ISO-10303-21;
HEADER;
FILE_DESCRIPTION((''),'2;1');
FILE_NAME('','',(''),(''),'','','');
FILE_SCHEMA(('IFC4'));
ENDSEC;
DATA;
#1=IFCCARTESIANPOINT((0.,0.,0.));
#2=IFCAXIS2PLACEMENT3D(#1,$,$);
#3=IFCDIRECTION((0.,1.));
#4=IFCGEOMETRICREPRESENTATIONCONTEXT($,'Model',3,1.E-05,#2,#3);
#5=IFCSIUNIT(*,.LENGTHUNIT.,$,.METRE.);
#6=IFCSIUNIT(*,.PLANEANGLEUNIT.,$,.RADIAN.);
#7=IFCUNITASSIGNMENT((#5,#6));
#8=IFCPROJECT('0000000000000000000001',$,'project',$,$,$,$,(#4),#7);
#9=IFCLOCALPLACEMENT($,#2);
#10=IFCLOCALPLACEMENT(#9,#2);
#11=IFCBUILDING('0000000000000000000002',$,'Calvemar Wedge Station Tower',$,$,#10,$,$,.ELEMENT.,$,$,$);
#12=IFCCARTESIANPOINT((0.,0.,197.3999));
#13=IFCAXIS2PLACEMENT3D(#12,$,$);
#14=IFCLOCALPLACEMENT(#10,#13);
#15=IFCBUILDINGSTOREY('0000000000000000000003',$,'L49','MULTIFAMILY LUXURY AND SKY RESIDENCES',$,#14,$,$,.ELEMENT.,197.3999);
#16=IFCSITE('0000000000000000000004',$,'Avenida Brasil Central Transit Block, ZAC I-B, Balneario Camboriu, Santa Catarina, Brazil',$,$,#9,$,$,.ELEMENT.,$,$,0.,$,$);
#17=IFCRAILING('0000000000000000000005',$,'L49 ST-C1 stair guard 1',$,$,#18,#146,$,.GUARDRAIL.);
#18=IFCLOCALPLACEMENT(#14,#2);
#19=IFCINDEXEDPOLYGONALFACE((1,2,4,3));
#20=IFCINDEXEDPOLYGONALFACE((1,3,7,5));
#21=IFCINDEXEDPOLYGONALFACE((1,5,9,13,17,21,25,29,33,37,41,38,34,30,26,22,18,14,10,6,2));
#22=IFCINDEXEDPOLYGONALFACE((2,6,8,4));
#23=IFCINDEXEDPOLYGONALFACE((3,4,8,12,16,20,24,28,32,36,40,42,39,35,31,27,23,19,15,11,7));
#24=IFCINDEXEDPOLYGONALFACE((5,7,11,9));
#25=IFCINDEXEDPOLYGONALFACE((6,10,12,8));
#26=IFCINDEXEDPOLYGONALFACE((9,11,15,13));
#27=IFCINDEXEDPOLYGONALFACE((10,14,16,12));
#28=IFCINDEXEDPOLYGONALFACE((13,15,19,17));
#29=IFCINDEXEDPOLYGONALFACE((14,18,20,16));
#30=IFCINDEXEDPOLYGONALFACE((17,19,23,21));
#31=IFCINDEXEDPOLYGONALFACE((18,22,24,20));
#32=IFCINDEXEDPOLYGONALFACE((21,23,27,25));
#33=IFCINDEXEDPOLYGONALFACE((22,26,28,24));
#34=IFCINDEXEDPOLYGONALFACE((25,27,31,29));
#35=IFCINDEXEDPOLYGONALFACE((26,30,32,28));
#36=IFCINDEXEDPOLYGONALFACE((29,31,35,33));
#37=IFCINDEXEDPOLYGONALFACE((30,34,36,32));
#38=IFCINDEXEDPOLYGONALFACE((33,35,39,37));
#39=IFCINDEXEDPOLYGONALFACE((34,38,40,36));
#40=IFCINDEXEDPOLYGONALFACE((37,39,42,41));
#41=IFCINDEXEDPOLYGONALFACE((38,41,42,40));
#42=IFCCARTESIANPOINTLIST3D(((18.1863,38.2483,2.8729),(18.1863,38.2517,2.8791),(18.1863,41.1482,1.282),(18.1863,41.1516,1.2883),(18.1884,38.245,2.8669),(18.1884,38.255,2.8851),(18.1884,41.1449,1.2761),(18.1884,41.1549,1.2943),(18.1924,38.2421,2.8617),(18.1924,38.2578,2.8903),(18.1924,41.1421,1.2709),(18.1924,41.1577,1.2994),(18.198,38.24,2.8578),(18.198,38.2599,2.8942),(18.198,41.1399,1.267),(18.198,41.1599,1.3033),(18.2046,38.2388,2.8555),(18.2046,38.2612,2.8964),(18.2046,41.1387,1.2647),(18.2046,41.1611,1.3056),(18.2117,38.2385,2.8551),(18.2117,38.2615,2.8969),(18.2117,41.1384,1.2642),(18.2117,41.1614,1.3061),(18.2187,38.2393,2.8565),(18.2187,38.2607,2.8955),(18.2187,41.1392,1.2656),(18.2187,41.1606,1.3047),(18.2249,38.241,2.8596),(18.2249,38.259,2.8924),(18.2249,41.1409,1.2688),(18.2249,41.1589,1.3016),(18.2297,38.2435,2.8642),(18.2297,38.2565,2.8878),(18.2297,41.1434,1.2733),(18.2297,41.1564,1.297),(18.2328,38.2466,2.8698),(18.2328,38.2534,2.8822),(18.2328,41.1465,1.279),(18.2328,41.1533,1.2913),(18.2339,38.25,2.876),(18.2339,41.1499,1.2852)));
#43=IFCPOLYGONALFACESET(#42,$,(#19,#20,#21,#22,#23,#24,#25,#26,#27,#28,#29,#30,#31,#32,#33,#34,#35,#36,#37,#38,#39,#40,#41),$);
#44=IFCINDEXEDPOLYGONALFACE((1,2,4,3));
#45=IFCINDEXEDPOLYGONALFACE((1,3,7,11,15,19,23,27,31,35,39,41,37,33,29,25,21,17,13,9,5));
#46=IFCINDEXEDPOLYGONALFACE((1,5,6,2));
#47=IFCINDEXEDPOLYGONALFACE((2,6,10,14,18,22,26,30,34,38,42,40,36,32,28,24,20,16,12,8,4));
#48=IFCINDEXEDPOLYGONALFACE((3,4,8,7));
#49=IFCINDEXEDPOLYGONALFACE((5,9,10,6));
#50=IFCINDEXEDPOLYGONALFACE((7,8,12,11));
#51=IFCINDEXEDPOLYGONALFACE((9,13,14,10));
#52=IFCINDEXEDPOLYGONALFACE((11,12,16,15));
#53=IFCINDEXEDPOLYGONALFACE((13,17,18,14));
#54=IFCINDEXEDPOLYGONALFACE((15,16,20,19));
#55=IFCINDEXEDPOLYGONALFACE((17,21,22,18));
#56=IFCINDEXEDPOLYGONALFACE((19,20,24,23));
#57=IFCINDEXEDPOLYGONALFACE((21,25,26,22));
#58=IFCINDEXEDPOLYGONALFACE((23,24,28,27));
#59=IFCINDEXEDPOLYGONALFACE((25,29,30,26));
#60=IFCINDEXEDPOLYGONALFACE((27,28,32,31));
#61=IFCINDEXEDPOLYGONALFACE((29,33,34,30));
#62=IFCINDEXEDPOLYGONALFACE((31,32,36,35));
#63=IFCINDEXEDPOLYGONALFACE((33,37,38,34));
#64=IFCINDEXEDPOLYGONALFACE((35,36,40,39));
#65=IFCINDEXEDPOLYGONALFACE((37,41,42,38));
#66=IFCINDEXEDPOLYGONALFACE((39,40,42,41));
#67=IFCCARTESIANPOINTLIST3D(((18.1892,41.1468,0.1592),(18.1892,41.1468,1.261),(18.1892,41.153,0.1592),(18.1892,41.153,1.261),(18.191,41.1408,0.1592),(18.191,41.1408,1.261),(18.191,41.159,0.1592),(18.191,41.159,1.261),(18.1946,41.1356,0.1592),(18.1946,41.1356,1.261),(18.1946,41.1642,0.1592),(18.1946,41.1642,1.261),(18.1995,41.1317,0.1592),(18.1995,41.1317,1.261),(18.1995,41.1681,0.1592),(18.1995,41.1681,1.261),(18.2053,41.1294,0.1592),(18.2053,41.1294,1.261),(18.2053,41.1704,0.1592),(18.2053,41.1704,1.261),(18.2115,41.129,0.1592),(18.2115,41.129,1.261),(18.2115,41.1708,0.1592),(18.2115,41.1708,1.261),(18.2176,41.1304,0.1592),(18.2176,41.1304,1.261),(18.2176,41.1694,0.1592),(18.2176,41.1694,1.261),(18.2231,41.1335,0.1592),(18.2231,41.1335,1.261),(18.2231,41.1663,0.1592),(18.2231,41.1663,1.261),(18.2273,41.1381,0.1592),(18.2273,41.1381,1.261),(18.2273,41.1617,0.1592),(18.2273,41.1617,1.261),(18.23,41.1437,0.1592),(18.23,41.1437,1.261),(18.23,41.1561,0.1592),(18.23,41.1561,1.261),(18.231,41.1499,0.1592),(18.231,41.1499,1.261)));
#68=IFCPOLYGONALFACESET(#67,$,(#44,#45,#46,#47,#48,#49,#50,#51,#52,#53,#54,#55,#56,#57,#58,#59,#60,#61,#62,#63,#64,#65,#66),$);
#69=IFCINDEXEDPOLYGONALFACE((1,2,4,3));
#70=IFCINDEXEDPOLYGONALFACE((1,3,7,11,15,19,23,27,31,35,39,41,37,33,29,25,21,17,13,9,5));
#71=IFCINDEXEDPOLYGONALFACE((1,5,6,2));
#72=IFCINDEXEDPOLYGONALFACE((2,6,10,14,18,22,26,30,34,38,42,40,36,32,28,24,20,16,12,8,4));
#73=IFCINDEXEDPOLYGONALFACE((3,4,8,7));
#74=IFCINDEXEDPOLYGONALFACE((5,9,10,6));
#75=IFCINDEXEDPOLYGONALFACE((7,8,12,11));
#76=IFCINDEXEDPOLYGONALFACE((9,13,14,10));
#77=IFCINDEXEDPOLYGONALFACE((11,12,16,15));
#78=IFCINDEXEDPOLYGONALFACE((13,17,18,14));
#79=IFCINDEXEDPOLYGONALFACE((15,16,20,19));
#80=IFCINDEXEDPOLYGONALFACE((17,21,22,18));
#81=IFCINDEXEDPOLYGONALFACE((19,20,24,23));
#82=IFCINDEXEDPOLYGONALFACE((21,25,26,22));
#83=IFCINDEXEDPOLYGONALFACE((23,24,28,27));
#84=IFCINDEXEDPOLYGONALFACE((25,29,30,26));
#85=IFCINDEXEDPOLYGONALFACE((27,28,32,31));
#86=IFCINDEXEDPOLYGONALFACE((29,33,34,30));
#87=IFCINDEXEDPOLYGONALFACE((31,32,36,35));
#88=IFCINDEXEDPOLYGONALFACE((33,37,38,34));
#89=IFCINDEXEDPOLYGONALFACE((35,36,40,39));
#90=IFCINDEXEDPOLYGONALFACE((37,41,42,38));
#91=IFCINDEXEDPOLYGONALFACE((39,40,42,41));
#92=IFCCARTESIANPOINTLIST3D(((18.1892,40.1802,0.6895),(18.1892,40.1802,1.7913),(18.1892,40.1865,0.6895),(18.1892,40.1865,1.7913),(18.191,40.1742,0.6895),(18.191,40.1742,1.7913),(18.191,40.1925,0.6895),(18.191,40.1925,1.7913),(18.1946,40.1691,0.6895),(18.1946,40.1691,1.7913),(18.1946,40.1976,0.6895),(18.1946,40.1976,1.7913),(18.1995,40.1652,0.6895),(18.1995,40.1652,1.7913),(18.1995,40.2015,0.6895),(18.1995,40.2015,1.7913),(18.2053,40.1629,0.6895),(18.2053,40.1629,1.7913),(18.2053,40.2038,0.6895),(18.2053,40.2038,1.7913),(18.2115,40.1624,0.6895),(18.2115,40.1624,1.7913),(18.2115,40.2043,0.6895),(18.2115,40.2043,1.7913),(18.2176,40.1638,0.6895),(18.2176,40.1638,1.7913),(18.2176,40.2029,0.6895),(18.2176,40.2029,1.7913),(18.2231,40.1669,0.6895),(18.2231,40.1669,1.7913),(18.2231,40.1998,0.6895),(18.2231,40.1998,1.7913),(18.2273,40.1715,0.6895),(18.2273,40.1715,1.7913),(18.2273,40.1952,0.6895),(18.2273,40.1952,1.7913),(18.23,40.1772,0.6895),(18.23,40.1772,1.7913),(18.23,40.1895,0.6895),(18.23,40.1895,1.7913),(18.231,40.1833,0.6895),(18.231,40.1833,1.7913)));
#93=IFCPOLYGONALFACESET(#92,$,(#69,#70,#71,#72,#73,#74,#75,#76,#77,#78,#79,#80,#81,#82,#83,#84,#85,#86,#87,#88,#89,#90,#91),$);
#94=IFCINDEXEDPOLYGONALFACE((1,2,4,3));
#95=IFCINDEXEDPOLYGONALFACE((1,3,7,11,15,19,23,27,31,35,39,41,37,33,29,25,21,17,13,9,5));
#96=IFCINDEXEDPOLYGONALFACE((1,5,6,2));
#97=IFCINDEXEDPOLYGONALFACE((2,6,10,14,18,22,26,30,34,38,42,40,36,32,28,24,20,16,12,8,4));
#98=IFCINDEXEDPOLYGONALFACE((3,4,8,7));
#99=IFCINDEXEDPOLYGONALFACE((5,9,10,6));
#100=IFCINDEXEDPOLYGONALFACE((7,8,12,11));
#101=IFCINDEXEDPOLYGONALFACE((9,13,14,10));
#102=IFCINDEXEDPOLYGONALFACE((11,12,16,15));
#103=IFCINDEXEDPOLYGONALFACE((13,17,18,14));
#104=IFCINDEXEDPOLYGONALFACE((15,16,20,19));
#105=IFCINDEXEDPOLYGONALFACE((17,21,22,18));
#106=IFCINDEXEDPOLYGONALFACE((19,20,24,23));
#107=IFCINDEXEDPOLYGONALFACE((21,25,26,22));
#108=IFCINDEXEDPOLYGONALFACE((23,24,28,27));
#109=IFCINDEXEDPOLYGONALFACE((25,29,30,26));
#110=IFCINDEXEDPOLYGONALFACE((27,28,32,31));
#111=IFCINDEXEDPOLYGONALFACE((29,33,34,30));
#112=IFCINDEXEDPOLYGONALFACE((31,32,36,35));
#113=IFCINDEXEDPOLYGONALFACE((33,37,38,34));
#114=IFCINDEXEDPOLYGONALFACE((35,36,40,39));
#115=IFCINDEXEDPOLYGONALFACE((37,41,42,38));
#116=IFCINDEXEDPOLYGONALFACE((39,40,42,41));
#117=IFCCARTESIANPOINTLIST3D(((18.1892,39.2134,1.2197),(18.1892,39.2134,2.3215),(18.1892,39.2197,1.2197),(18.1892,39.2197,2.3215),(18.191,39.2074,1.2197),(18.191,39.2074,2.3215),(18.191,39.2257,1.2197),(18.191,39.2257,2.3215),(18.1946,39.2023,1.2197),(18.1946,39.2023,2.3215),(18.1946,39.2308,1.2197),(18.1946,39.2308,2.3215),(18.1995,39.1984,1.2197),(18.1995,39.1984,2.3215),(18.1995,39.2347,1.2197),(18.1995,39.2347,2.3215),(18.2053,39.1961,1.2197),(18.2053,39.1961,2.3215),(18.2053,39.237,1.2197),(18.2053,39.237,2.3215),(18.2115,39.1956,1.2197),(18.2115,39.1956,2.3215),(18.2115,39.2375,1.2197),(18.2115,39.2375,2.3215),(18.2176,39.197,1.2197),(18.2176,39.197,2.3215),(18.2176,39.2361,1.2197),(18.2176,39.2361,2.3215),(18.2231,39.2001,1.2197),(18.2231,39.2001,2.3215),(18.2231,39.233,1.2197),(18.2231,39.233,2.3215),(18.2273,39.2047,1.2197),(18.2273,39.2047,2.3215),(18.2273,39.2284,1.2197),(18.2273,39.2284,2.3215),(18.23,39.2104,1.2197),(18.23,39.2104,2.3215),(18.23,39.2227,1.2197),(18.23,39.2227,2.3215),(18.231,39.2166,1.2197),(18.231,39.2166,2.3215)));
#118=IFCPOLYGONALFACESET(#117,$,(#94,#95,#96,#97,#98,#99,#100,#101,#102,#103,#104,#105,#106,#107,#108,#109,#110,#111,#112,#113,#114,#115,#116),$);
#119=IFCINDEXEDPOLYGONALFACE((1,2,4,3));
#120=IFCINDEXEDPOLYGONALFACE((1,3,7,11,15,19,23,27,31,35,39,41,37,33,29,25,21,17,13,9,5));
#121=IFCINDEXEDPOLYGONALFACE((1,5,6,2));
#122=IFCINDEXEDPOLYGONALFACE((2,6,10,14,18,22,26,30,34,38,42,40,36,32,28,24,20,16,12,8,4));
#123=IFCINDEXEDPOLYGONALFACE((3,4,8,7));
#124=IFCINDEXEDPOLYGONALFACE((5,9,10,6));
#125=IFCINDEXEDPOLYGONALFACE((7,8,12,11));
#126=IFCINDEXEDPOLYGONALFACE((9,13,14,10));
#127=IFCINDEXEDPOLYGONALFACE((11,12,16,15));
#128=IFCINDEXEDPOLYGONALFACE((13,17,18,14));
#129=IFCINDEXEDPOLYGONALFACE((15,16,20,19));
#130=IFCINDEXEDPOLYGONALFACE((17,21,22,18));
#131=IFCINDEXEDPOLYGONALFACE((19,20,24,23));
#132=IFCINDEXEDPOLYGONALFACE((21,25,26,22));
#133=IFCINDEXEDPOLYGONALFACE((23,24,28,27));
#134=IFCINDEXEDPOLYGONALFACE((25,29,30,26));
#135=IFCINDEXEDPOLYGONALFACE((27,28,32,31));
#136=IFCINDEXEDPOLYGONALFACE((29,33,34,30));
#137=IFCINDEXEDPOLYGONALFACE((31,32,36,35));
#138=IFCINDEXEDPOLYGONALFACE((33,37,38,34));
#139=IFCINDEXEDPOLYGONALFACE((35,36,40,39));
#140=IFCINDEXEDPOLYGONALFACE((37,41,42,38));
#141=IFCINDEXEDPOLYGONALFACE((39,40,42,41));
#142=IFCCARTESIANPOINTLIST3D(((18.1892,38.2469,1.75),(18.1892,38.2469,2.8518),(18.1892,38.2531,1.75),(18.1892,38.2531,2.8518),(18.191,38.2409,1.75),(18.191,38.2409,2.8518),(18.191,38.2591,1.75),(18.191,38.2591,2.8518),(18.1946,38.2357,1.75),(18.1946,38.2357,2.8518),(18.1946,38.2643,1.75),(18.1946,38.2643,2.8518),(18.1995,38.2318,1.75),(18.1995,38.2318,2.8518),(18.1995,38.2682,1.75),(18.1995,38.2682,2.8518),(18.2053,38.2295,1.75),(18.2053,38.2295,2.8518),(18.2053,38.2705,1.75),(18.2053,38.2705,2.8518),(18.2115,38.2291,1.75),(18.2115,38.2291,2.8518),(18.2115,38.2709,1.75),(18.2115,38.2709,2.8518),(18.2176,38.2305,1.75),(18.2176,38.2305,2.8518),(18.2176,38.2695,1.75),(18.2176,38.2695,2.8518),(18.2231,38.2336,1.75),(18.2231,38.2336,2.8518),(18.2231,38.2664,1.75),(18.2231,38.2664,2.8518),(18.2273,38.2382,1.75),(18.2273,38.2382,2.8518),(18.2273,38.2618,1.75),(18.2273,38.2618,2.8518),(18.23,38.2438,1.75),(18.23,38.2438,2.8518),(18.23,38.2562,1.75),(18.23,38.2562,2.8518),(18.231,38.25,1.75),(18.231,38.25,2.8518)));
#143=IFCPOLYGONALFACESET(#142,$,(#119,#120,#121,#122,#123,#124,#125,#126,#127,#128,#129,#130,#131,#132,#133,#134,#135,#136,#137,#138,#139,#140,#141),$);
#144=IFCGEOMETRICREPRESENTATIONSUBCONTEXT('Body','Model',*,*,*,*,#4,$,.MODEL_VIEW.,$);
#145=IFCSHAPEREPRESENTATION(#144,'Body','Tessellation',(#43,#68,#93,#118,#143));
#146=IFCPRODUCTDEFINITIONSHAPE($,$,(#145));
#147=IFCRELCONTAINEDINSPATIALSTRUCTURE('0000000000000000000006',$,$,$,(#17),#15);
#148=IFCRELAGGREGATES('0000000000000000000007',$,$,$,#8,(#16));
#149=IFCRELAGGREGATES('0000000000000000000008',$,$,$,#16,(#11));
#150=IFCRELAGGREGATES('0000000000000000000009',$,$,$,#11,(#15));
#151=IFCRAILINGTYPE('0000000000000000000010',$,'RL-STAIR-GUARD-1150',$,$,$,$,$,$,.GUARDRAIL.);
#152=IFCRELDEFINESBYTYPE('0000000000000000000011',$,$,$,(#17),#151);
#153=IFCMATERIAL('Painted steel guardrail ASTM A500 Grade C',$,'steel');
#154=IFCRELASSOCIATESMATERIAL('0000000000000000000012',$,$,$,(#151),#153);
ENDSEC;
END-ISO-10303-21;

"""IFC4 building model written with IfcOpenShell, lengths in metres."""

from ifc_helpers import new_model, si_unit, direction, frame, origin, origin_2d, place, context, subcontext, project, spatial, circle, extrude, material, type_object, element, save


model = new_model("IFC4")

# Units and contexts
model_context = context("Model", 3, precision=1e-05, world=origin(), true_north=direction((0.0, 1.0)))
body_context = subcontext(model_context, "Body", "Model", "MODEL_VIEW")
ifc_project = project(units=[si_unit("LENGTHUNIT", "METRE"), si_unit("PLANEANGLEUNIT", "RADIAN")], contexts=[model_context])

# Site, building, storey
site_placement = place(None, origin())
site = spatial("IfcSite", under=ifc_project, at=site_placement, Name="Avenida Brasil Central Transit Block, ZAC I-B, Balneario Camboriu, Santa Catarina, Brazil", CompositionType="ELEMENT", RefElevation=0.0)
building_placement = place(site_placement, origin())
building = spatial("IfcBuilding", under=site, at=building_placement, Name="Calvemar Wedge Station Tower", CompositionType="ELEMENT")
storey_placement = place(building_placement, frame((0.0, 0.0, 197.3999)))
storey = spatial("IfcBuildingStorey", under=building, at=storey_placement, Name="L49", Description="MULTIFAMILY LUXURY AND SKY RESIDENCES", CompositionType="ELEMENT", Elevation=197.3999)

# Railing
ifc_material_1 = material(Name="Painted steel guardrail ASTM A500 Grade C", Category="steel")
railing_type_1 = type_object("IfcRailingType", Name="RL-STAIR-GUARD-1150", PredefinedType="GUARDRAIL", material=ifc_material_1)
railing_1_placement = place(storey_placement, frame((18.21, 41.1499, 0.1592)))
element("IfcRailing", 1, at=railing_1_placement, inside=storey, type_object=railing_type_1, Name="L49 ST-C1 stair guard 1", PredefinedType="GUARDRAIL", context=body_context, shape_type="SweptSolid", body=[
    extrude(circle(Radius=0.0239, at=origin_2d()), frame((0.0, 0.0, 1.126), z_axis=(0.0, -0.876742, 0.480961), x_axis=(1.0, 0.0, 0.0)), (0.0, 0.0, 1.0), 3.3076),
    extrude(circle(Radius=0.021, at=origin_2d()), origin(), (0.0, 0.0, 1.0), 1.1018),
    extrude(circle(Radius=0.021, at=origin_2d()), frame((0.0, -0.9666, 0.5303)), (0.0, 0.0, 1.0), 1.1018),
    extrude(circle(Radius=0.021, at=origin_2d()), frame((0.0, -1.9333, 1.0605)), (0.0, 0.0, 1.0), 1.1018),
    extrude(circle(Radius=0.021, at=origin_2d()), frame((0.0, -2.8999, 1.5908)), (0.0, 0.0, 1.0), 1.1018),
])

save(model, "model.ifc")
